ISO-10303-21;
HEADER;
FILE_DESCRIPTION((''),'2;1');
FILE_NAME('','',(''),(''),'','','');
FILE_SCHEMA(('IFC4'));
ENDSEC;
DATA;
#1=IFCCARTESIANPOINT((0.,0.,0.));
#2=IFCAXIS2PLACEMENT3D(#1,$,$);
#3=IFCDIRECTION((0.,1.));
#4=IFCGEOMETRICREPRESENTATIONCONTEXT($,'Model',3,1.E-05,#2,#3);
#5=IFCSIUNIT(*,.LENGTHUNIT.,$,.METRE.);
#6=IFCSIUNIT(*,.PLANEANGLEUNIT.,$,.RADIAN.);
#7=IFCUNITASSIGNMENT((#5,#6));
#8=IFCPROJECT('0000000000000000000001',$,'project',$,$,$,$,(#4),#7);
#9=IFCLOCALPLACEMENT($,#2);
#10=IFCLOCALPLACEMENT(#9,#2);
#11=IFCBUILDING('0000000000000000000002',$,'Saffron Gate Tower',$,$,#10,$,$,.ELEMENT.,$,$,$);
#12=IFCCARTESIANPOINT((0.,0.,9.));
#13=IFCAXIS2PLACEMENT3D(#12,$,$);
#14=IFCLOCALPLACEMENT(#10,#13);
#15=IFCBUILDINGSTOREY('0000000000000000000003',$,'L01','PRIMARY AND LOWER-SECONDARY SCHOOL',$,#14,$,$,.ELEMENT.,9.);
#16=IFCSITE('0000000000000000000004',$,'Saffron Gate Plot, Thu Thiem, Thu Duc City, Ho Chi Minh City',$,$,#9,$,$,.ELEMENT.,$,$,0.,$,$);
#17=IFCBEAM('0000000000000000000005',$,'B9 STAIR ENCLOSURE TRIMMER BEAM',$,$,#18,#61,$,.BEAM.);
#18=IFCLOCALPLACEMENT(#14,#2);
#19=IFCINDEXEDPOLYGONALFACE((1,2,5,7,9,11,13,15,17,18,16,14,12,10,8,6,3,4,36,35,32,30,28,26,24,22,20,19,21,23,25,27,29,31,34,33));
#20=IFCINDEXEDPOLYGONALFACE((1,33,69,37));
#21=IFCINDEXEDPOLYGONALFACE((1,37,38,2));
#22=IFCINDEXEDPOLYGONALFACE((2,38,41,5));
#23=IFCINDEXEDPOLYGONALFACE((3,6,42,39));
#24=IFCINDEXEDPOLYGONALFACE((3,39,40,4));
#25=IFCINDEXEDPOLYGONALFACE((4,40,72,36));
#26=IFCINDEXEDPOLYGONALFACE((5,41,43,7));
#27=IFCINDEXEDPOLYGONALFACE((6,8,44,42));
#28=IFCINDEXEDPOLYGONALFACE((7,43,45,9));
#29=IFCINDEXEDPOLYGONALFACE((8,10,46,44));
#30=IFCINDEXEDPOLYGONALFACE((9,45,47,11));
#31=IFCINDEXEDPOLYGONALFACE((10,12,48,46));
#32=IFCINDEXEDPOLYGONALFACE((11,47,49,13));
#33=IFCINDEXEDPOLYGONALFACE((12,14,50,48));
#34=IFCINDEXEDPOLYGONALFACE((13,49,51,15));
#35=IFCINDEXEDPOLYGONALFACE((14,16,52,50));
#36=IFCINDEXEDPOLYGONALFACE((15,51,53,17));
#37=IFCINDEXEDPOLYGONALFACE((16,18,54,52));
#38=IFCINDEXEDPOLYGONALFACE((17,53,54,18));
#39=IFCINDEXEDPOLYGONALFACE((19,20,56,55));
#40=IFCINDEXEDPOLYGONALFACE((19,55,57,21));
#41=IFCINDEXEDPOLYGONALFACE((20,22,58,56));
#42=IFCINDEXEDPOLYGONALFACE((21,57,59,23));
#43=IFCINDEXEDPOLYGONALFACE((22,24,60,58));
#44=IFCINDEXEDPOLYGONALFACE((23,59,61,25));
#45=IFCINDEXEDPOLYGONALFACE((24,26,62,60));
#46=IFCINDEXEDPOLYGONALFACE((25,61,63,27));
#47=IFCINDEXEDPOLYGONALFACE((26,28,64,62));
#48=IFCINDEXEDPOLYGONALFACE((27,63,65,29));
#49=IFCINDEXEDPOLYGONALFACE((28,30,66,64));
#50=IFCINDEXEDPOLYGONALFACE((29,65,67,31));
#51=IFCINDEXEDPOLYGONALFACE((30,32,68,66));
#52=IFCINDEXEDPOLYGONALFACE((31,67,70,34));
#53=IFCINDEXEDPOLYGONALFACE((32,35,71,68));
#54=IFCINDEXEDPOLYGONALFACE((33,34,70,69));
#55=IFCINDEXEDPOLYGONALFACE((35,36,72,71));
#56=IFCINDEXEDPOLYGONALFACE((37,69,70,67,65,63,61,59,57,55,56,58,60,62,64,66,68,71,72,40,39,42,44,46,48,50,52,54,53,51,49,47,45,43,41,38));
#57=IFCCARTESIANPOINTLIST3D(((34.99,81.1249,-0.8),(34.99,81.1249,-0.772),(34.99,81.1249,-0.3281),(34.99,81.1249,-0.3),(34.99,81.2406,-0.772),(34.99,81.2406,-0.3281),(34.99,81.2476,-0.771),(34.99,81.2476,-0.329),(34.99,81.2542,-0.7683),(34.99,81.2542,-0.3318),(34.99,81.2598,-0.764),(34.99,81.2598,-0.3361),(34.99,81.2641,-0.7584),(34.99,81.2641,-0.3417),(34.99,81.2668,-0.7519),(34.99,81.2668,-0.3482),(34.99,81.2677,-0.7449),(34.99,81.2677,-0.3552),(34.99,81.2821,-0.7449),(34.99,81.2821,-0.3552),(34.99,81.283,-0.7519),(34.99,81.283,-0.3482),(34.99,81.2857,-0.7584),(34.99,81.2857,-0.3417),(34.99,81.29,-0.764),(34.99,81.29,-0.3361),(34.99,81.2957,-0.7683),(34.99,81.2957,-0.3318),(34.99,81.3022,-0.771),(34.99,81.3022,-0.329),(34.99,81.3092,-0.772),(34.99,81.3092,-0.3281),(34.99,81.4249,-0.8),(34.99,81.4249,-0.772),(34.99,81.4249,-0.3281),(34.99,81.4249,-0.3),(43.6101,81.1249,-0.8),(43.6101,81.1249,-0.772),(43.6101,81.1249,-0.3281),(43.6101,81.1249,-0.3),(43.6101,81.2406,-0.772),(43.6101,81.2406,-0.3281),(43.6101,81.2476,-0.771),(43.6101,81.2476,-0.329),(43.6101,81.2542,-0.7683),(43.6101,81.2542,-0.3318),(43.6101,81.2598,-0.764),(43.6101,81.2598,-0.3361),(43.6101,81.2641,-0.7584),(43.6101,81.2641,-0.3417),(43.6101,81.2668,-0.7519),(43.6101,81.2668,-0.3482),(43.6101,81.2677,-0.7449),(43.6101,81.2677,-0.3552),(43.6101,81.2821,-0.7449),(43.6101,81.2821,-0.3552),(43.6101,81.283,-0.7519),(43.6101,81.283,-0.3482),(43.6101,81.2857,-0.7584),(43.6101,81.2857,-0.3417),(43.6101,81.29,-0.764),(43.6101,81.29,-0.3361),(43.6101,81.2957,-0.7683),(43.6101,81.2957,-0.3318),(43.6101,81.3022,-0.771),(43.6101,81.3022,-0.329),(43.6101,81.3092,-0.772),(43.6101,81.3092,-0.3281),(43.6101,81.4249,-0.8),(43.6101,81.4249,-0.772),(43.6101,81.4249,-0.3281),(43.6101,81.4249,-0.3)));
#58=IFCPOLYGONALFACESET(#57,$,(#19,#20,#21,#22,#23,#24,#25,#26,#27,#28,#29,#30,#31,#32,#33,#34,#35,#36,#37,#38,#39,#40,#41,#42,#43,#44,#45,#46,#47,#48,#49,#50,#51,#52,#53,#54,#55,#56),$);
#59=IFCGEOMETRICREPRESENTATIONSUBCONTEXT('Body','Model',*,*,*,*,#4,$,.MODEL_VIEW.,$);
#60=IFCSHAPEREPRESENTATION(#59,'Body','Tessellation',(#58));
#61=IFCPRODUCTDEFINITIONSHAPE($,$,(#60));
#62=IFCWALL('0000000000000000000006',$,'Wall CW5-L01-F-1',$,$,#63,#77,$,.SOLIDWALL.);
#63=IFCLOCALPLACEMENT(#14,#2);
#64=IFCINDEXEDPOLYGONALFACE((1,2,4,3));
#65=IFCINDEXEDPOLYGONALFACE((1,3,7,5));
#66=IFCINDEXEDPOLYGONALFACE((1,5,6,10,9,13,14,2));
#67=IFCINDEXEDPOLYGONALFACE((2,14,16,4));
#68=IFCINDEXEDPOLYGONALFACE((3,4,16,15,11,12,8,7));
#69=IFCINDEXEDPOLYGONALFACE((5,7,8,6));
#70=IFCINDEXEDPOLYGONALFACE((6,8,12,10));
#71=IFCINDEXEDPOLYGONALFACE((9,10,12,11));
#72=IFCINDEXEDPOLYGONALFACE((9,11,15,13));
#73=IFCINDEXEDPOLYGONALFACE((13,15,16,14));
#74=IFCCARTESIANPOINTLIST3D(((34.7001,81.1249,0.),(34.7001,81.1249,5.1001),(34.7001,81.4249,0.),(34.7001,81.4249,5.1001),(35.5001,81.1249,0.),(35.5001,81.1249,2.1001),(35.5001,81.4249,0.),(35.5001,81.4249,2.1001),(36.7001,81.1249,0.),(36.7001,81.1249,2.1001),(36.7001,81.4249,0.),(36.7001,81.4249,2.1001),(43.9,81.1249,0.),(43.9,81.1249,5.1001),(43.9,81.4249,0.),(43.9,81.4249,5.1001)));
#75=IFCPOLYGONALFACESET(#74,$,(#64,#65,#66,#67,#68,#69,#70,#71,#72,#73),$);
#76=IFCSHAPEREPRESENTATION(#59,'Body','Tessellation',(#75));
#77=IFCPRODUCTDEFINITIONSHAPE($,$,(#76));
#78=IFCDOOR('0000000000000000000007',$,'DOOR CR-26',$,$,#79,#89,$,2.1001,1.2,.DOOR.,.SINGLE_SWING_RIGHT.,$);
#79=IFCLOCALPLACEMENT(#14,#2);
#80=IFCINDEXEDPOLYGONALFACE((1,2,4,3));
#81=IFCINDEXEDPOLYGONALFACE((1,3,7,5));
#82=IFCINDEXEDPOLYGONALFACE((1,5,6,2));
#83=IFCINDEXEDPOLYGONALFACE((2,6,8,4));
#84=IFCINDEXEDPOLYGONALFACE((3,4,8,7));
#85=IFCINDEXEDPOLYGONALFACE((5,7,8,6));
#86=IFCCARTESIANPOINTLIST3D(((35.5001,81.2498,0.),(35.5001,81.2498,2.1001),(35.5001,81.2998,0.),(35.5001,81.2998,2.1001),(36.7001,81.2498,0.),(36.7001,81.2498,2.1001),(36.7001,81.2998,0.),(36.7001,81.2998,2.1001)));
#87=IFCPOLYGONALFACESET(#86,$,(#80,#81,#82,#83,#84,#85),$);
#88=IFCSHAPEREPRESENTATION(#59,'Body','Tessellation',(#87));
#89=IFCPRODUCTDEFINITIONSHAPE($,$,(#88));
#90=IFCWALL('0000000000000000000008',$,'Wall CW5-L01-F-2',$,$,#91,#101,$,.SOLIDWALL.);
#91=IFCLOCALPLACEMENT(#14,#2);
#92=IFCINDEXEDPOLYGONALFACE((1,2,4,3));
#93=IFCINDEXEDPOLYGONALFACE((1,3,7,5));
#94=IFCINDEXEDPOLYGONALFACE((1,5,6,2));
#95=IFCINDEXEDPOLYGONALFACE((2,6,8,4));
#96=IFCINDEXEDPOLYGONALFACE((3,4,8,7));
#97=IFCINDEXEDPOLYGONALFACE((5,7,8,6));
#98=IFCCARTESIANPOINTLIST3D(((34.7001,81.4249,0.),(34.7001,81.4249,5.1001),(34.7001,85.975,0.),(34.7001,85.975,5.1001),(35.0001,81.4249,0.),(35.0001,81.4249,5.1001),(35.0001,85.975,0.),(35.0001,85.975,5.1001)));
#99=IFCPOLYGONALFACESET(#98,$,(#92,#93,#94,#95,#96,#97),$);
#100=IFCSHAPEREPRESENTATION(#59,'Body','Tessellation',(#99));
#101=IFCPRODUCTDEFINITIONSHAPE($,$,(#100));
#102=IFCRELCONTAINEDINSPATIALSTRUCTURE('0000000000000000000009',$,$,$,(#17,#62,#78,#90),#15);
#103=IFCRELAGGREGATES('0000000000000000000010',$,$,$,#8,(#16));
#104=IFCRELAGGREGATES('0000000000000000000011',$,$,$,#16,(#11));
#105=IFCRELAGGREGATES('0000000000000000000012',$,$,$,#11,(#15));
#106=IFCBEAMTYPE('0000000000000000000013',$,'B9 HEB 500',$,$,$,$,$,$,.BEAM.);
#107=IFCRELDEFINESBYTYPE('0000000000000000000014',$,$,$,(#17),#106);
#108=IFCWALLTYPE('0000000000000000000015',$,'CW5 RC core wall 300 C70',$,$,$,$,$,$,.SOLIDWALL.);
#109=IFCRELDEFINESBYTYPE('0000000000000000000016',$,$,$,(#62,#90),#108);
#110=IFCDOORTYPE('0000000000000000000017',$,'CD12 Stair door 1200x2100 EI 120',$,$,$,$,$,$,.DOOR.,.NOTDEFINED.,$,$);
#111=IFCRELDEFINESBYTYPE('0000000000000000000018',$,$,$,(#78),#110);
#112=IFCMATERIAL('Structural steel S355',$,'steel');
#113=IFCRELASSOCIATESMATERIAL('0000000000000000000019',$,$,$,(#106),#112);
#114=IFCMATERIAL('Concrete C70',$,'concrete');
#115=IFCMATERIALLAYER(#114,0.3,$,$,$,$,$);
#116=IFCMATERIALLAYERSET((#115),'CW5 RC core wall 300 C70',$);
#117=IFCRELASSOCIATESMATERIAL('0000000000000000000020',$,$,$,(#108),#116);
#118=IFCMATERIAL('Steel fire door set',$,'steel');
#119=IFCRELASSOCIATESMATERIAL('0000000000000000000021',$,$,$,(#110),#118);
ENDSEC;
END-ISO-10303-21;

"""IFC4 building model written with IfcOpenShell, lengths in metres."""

from ifc_helpers import new_model, si_unit, direction, frame, frame_2d, origin, origin_2d, place, context, subcontext, project, spatial, rectangle, i_section, extrude, material, layer, layer_set, material_profile, profile_set, type_object, element, fill, save


model = new_model("IFC4")

# Units and contexts
model_context = context("Model", 3, precision=1e-05, world=origin(), true_north=direction((0.0, 1.0)))
body_context = subcontext(model_context, "Body", "Model", "MODEL_VIEW")
ifc_project = project(units=[si_unit("LENGTHUNIT", "METRE"), si_unit("PLANEANGLEUNIT", "RADIAN")], contexts=[model_context])

# Site, building, storey
site_placement = place(None, origin())
site = spatial("IfcSite", under=ifc_project, at=site_placement, Name="Saffron Gate Plot, Thu Thiem, Thu Duc City, Ho Chi Minh City", CompositionType="ELEMENT", RefElevation=0.0)
building_placement = place(site_placement, origin())
building = spatial("IfcBuilding", under=site, at=building_placement, Name="Saffron Gate Tower", CompositionType="ELEMENT")
storey_placement = place(building_placement, frame((0.0, 0.0, 9.0)))
storey = spatial("IfcBuildingStorey", under=building, at=storey_placement, Name="L01", Description="PRIMARY AND LOWER-SECONDARY SCHOOL", CompositionType="ELEMENT", Elevation=9.0)

# Beam
ifc_material_1 = material(Name="Structural steel S355", Category="steel")
ifc_material_profile_1 = material_profile(ifc_material_1, i_section(OverallWidth=0.3, OverallDepth=0.5, WebThickness=0.0144, FlangeThickness=0.0281, FilletRadius=0.0271, at=origin_2d()))
ifc_profile_set_1 = profile_set([ifc_material_profile_1], Name="Structural steel S355")
beam_type_1 = type_object("IfcBeamType", Name="B9 HEB 500", PredefinedType="BEAM", material=ifc_profile_set_1)
beam_1_placement = place(storey_placement, frame((34.99, 81.2749, -0.55), z_axis=(1.0, 0.0, 0.0), x_axis=(0.0, 1.0, 0.0)))
element("IfcBeam", 1, at=beam_1_placement, inside=storey, type_object=beam_type_1, Name="B9 STAIR ENCLOSURE TRIMMER BEAM", PredefinedType="BEAM", context=body_context, shape_type="SweptSolid", body=[
    extrude(i_section(OverallWidth=0.3, OverallDepth=0.5, WebThickness=0.0144, FlangeThickness=0.0281, FilletRadius=0.0271, at=origin_2d()), origin(), (0.0, 0.0, 1.0), 8.6201),
])

# Wall, opening, door
ifc_material_2 = material(Name="Concrete C70", Category="concrete")
ifc_layer = layer(ifc_material_2, 0.3)
ifc_layer_set = layer_set([ifc_layer], Name="CW5 RC core wall 300 C70")
wall_type = type_object("IfcWallType", Name="CW5 RC core wall 300 C70", PredefinedType="SOLIDWALL", material=ifc_layer_set)
wall_1_placement = place(storey_placement, frame((34.7, 81.2749, 0.0), z_axis=(0.0, 0.0, 1.0), x_axis=(1.0, 0.0, 0.0)))
wall_1 = element("IfcWall", 2, at=wall_1_placement, inside=storey, type_object=wall_type, Name="Wall CW5-L01-F-1", PredefinedType="SOLIDWALL", context=body_context, shape_type="SweptSolid", body=[
    extrude(rectangle(XDim=9.2, YDim=0.3, at=frame_2d((4.6001, 0.0))), origin(), (0.0, 0.0, 1.0), 5.1001),
])
opening_placement = place(wall_1_placement, frame((0.8, 0.0, 0.0)))
opening = element("IfcOpeningElement", 3, at=opening_placement, cuts=wall_1, PredefinedType="OPENING", context=body_context, shape_type="SweptSolid", body=[
    extrude(rectangle(XDim=1.2, YDim=2.1001, at=frame_2d((0.6001, 1.05))), frame((0.0, 0.1602, 0.0), z_axis=(0.0, -1.0, 0.0), x_axis=(1.0, 0.0, 0.0)), (0.0, 0.0, 1.0), 0.3201),
])
ifc_material_3 = material(Name="Steel fire door set", Category="steel")
door_type = type_object("IfcDoorType", Name="CD12 Stair door 1200x2100 EI 120", OperationType="NOTDEFINED", PredefinedType="DOOR", material=ifc_material_3)
door_placement = place(opening_placement, origin())
door = element("IfcDoor", 4, at=door_placement, inside=storey, type_object=door_type, Name="DOOR CR-26", OperationType="SINGLE_SWING_RIGHT", OverallHeight=2.1001, OverallWidth=1.2, PredefinedType="DOOR", context=body_context, shape_type="SweptSolid", body=[
    extrude(rectangle(XDim=1.2, YDim=2.1001, at=frame_2d((0.6001, 1.05))), frame((0.0, 0.0249, 0.0), z_axis=(0.0, -1.0, 0.0), x_axis=(1.0, 0.0, 0.0)), (0.0, 0.0, 1.0), 0.05),
])
fill(opening, door)

# Wall
wall_2_placement = place(storey_placement, frame((34.8501, 81.425, 0.0), z_axis=(0.0, 0.0, 1.0), x_axis=(0.0, 1.0, 0.0)))
element("IfcWall", 5, at=wall_2_placement, inside=storey, type_object=wall_type, Name="Wall CW5-L01-F-2", PredefinedType="SOLIDWALL", context=body_context, shape_type="SweptSolid", body=[
    extrude(rectangle(XDim=4.55, YDim=0.3, at=frame_2d((2.2749, 0.0))), origin(), (0.0, 0.0, 1.0), 5.1001),
])

save(model, "model.ifc")
